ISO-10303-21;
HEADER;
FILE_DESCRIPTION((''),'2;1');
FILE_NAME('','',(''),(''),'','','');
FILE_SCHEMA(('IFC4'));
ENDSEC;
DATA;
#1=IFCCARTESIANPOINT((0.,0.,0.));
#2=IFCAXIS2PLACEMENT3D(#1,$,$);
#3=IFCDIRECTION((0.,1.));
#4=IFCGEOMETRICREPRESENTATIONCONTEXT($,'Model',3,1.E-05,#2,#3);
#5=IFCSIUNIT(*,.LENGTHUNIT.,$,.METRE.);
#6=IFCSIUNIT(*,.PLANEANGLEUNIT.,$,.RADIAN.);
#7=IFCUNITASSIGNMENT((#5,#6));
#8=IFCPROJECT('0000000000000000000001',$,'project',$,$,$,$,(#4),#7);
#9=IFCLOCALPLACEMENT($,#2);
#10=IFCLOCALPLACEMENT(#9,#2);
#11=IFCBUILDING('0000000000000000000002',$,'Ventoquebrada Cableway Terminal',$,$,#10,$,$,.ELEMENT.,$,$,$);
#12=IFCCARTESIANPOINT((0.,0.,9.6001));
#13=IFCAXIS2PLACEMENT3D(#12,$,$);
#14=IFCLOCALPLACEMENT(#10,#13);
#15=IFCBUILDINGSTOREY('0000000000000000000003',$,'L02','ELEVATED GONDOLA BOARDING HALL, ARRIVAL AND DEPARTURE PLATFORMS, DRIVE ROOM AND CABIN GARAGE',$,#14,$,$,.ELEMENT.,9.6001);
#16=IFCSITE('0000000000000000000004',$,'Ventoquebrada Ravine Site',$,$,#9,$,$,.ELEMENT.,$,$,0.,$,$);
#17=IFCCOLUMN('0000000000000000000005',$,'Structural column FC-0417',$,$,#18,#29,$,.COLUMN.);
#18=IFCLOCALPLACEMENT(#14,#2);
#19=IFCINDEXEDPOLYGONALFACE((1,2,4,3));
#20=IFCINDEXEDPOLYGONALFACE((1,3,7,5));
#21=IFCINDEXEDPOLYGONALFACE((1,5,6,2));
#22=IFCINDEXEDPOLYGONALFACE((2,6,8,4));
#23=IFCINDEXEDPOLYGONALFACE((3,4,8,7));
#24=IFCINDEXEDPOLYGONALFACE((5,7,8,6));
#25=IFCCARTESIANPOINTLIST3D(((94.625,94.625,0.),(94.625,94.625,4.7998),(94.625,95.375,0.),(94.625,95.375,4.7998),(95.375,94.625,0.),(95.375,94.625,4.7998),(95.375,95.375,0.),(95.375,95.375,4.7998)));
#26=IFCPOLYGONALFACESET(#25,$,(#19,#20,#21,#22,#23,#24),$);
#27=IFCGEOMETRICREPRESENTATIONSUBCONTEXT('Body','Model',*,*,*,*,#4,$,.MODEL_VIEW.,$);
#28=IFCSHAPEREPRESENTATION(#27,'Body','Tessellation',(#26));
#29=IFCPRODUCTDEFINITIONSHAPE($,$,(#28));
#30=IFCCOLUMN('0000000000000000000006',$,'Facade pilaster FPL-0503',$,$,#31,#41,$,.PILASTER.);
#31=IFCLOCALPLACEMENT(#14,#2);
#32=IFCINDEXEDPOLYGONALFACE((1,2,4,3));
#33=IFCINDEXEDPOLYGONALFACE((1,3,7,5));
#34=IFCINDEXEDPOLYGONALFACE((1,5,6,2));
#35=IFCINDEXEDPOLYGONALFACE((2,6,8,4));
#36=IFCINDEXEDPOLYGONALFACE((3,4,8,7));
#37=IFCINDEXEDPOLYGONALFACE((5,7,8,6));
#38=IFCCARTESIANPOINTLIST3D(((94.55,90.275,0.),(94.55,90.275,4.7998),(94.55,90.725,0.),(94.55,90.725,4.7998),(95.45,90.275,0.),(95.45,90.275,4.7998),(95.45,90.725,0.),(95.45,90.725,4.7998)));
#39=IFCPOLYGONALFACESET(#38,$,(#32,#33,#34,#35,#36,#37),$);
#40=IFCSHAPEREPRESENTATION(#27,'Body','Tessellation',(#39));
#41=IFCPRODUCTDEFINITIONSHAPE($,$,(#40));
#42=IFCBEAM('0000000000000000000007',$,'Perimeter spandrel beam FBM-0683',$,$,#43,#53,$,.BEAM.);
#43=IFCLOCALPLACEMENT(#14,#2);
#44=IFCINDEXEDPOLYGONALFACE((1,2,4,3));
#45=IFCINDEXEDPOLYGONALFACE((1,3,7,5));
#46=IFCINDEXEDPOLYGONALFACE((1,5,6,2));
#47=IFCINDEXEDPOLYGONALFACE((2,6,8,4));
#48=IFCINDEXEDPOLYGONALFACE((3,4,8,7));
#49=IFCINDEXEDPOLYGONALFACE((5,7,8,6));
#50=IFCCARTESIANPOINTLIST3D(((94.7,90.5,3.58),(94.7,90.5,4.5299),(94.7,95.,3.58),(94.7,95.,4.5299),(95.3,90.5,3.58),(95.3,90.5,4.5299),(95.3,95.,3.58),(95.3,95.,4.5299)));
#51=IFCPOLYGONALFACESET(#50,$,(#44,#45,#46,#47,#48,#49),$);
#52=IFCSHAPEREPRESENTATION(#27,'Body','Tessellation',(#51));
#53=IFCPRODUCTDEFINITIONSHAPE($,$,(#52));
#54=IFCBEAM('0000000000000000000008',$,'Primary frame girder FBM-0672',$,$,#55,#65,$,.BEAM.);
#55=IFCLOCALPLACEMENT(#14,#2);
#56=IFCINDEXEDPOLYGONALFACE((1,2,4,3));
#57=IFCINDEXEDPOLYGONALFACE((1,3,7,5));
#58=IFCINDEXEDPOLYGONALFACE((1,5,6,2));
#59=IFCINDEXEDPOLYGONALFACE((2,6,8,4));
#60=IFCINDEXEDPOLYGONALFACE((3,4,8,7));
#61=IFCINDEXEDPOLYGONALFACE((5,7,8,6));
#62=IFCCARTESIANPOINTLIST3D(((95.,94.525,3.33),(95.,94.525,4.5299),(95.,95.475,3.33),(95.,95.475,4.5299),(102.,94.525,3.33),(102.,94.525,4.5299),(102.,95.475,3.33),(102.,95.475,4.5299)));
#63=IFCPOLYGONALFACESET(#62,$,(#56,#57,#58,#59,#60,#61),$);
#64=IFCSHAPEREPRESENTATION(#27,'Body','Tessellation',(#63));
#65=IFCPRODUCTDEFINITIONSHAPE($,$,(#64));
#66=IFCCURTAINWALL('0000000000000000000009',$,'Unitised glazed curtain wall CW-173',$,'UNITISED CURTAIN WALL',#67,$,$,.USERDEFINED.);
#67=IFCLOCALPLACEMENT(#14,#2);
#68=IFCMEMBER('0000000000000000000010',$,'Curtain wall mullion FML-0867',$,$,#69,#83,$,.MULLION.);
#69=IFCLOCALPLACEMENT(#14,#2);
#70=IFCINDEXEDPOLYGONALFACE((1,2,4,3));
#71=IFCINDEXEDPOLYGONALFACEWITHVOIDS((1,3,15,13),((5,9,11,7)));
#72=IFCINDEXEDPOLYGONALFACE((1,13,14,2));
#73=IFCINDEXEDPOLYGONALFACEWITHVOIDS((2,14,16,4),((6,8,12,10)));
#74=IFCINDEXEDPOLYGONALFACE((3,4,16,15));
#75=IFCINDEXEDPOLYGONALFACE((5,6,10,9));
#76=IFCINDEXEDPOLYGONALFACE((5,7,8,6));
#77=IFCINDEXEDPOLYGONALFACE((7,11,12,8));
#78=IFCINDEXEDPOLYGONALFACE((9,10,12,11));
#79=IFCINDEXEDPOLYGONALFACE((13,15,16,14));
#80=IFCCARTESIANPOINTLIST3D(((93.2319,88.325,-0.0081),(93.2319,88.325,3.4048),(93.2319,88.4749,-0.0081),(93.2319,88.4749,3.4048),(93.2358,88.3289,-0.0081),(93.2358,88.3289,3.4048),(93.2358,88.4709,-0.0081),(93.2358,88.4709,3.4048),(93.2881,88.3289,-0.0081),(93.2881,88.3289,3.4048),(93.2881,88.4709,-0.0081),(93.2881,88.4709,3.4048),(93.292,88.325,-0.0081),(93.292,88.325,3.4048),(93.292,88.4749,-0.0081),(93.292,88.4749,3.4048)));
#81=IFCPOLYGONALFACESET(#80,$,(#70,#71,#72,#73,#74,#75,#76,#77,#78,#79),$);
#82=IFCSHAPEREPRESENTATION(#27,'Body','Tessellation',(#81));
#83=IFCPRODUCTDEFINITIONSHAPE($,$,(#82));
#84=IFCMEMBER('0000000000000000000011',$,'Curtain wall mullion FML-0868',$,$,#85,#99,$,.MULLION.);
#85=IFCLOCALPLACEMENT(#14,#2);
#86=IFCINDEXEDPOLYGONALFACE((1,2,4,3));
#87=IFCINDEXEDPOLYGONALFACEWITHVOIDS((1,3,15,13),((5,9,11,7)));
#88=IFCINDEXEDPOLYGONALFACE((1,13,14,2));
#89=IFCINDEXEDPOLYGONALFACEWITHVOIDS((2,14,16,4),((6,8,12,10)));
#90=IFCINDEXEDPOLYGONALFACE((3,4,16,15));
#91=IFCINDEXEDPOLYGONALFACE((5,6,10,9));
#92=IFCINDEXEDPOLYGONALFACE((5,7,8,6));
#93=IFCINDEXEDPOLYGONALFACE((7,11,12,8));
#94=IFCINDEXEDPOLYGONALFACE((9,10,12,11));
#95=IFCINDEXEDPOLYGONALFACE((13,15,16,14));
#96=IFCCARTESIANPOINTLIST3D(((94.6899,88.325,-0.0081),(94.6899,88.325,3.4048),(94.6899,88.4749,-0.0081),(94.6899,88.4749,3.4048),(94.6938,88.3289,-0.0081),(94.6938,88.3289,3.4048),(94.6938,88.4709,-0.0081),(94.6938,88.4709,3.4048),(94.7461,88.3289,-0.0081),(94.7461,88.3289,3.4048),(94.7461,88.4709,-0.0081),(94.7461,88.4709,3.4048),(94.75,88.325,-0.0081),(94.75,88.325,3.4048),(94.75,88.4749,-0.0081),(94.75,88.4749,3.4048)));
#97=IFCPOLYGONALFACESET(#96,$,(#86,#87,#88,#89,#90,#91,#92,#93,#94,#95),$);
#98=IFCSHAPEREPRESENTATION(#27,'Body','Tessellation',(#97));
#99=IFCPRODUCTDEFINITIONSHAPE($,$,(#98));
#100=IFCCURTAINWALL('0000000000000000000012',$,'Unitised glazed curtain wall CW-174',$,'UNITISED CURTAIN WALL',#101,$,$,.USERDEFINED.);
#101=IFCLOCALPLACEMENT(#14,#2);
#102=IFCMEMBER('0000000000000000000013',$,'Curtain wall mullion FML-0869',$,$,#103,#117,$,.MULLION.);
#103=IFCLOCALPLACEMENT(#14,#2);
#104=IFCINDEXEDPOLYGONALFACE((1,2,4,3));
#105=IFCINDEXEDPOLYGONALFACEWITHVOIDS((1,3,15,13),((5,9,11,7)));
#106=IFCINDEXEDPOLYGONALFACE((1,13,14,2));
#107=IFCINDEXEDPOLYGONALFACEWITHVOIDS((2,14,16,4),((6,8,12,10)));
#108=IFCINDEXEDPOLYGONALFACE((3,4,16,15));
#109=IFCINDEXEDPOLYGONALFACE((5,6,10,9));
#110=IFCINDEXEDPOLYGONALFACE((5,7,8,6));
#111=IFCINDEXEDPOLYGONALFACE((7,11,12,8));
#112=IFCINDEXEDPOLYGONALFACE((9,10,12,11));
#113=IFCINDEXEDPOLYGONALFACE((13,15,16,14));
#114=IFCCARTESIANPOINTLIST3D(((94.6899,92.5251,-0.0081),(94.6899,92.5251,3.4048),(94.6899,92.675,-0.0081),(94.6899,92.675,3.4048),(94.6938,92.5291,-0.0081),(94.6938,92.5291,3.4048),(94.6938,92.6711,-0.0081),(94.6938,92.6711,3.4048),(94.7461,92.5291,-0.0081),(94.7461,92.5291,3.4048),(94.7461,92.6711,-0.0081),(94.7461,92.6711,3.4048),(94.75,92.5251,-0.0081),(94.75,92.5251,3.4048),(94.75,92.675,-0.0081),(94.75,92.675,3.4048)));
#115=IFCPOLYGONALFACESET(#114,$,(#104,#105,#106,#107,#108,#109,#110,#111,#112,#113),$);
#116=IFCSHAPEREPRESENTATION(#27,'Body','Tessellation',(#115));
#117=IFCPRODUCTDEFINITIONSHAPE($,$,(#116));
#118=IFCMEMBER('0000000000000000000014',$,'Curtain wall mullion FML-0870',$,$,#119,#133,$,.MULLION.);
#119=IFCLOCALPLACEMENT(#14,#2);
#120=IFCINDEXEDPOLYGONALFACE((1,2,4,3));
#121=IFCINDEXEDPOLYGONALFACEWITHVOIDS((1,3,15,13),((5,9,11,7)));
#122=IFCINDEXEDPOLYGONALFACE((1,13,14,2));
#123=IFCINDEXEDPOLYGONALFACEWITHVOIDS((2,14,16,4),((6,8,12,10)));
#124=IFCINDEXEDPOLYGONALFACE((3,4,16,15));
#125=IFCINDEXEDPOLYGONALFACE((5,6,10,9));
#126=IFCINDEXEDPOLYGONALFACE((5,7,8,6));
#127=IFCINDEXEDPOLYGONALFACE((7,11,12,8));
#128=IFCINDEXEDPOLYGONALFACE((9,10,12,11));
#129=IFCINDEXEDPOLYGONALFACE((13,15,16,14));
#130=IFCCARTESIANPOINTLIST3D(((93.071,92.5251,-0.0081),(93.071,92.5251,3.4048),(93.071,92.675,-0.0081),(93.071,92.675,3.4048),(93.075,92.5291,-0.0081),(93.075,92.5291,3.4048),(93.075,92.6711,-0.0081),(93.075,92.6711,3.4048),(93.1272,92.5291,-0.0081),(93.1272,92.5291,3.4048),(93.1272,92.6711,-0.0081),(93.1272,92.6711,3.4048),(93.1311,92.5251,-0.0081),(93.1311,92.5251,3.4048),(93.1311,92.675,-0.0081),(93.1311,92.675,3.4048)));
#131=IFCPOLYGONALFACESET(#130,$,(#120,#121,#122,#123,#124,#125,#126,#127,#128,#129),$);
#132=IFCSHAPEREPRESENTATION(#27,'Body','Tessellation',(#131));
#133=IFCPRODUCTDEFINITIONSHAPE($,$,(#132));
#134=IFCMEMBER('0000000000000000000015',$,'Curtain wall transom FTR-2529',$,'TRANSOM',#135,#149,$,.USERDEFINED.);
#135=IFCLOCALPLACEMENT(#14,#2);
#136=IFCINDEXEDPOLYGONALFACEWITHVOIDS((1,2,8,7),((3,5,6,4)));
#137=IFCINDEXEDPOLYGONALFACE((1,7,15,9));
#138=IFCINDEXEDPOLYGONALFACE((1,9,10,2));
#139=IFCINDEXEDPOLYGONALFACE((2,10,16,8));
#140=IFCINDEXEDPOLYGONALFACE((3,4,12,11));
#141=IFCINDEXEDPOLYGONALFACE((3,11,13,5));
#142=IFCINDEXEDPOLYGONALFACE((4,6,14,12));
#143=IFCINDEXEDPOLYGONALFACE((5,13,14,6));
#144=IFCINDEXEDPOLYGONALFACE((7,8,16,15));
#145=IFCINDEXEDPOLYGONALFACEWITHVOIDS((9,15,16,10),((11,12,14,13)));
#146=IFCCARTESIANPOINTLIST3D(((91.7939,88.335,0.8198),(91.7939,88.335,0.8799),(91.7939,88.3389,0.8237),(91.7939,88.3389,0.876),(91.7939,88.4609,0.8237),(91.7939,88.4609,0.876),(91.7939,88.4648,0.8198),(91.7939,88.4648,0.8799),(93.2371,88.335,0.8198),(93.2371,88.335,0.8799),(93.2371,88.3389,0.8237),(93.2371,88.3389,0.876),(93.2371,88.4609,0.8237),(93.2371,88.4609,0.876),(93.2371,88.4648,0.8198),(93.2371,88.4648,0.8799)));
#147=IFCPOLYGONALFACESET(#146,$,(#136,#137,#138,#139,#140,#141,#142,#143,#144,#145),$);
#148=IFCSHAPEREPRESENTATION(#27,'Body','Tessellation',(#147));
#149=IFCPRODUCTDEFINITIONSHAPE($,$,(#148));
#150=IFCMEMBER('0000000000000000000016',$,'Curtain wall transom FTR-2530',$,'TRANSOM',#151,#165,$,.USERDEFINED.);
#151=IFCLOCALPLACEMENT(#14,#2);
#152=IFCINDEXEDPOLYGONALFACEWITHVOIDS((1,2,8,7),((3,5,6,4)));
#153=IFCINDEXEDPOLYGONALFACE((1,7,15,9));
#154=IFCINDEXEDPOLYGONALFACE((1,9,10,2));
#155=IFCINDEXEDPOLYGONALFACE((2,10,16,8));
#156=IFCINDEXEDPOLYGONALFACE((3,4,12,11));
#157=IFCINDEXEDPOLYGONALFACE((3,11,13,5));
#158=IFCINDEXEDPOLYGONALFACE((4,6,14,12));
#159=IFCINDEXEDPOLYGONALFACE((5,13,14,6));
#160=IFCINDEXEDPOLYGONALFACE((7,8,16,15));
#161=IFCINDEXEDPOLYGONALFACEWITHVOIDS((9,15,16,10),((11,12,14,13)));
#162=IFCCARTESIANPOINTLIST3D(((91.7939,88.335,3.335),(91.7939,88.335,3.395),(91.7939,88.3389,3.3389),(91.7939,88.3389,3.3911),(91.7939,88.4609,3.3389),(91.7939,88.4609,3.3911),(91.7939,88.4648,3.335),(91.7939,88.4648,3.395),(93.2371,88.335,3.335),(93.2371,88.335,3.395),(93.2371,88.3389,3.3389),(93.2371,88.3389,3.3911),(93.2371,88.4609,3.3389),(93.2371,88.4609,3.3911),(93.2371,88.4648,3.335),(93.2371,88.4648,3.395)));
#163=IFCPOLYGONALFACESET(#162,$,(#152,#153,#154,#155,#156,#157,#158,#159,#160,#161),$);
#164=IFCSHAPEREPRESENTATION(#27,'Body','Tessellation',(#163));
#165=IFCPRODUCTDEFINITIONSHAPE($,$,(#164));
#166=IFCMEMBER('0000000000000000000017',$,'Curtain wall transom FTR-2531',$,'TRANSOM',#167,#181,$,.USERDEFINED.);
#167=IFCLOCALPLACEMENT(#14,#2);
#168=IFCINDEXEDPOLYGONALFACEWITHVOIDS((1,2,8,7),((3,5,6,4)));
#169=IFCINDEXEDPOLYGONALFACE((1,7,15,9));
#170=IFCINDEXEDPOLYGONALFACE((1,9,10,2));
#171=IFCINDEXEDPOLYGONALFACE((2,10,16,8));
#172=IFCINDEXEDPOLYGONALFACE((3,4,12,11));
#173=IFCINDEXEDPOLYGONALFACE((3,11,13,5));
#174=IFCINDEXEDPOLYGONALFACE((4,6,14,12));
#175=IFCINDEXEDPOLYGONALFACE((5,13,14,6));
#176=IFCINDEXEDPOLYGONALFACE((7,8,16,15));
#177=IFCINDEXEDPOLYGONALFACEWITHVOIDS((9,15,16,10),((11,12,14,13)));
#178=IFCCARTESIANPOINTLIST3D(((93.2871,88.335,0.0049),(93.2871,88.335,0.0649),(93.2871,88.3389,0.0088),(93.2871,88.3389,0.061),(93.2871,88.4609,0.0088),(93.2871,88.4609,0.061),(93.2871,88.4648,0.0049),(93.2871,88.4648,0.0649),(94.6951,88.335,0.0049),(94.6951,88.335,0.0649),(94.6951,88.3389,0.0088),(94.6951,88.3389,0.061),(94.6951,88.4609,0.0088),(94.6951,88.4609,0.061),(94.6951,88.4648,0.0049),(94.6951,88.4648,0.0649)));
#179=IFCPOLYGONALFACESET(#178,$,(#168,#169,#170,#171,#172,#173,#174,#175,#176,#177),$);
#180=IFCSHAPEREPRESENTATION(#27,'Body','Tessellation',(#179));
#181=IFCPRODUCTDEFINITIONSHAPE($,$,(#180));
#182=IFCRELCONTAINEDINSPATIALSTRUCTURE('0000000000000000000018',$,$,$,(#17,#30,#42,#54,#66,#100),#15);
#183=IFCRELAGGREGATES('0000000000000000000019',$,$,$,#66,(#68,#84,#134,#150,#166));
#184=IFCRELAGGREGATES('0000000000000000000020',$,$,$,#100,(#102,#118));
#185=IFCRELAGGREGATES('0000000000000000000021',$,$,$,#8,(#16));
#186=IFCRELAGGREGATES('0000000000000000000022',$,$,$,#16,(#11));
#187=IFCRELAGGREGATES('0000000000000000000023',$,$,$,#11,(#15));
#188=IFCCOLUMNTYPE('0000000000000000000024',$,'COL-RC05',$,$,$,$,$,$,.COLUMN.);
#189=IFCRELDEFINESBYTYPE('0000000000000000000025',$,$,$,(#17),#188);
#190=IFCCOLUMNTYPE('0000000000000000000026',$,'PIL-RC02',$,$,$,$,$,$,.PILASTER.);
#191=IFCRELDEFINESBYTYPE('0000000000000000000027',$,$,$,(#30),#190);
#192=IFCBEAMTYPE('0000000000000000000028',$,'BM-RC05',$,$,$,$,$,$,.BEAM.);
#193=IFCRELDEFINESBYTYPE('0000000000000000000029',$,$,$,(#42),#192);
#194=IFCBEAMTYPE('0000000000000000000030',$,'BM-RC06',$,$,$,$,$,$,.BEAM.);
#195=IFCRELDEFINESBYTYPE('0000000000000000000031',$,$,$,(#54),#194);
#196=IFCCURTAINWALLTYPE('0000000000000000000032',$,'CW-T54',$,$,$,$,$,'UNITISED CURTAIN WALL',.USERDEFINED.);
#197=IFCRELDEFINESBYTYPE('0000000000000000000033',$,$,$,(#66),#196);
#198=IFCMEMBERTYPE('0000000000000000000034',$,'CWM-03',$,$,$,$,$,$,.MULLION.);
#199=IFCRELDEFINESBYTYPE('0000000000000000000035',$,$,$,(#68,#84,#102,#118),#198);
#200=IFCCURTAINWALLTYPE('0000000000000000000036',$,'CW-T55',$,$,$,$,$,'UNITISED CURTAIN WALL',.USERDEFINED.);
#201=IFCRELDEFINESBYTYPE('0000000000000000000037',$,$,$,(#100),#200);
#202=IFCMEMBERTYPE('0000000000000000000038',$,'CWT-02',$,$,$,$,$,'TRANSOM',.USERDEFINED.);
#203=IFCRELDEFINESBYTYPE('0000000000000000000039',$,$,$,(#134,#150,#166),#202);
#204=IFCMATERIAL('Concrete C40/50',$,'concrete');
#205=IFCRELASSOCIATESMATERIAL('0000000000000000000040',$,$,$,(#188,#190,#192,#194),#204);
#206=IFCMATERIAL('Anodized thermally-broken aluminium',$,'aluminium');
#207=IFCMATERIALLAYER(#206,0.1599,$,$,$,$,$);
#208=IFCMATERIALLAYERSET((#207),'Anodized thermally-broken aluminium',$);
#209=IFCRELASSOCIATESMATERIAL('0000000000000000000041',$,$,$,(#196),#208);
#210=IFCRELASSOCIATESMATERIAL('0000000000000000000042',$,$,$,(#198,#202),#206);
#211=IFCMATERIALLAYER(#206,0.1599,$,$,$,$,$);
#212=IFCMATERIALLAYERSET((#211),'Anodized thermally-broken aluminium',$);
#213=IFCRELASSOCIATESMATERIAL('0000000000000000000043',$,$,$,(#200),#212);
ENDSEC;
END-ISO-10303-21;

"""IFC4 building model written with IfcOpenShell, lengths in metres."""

from ifc_helpers import new_model, si_unit, direction, frame, origin, origin_2d, place, context, subcontext, project, spatial, rectangle, hollow_rectangle, extrude, material, layer, layer_set, material_profile, profile_set, type_object, element, aggregate, save


model = new_model("IFC4")

# Units and contexts
model_context = context("Model", 3, precision=1e-05, world=origin(), true_north=direction((0.0, 1.0)))
body_context = subcontext(model_context, "Body", "Model", "MODEL_VIEW")
ifc_project = project(units=[si_unit("LENGTHUNIT", "METRE"), si_unit("PLANEANGLEUNIT", "RADIAN")], contexts=[model_context])

# Site, building, storey
site_placement = place(None, origin())
site = spatial("IfcSite", under=ifc_project, at=site_placement, Name="Ventoquebrada Ravine Site", CompositionType="ELEMENT", RefElevation=0.0)
building_placement = place(site_placement, origin())
building = spatial("IfcBuilding", under=site, at=building_placement, Name="Ventoquebrada Cableway Terminal", CompositionType="ELEMENT")
storey_placement = place(building_placement, frame((0.0, 0.0, 9.6001)))
storey = spatial("IfcBuildingStorey", under=building, at=storey_placement, Name="L02", Description="ELEVATED GONDOLA BOARDING HALL, ARRIVAL AND DEPARTURE PLATFORMS, DRIVE ROOM AND CABIN GARAGE", CompositionType="ELEMENT", Elevation=9.6001)

# Columns
ifc_material_1 = material(Name="Concrete C40/50", Category="concrete")
ifc_material_profile_1 = material_profile(ifc_material_1, rectangle(XDim=0.75, YDim=0.75, at=origin_2d()), Name="RC-COL-750X750")
ifc_profile_set_1 = profile_set([ifc_material_profile_1], Name="Concrete C40/50")
column_type_1 = type_object("IfcColumnType", Name="COL-RC05", PredefinedType="COLUMN", material=ifc_profile_set_1)
column_1_placement = place(storey_placement, frame((95.0, 95.0, 0.0), z_axis=(0.0, 0.0, 1.0), x_axis=(1.0, 0.0, 0.0)))
element("IfcColumn", 1, at=column_1_placement, inside=storey, type_object=column_type_1, Name="Structural column FC-0417", PredefinedType="COLUMN", context=body_context, shape_type="SweptSolid", body=[
    extrude(rectangle(XDim=0.75, YDim=0.75, at=origin_2d()), origin(), (0.0, 0.0, 1.0), 4.7998),
])
ifc_material_profile_2 = material_profile(ifc_material_1, rectangle(XDim=0.45, YDim=0.8999, at=origin_2d()), Name="RC-PIL-450X900")
ifc_profile_set_2 = profile_set([ifc_material_profile_2], Name="Concrete C40/50")
column_type_2 = type_object("IfcColumnType", Name="PIL-RC02", PredefinedType="PILASTER", material=ifc_profile_set_2)
column_2_placement = place(storey_placement, frame((95.0, 90.5, 0.0), z_axis=(0.0, 0.0, 1.0), x_axis=(0.0, 1.0, 0.0)))
element("IfcColumn", 2, at=column_2_placement, inside=storey, type_object=column_type_2, Name="Facade pilaster FPL-0503", PredefinedType="PILASTER", context=body_context, shape_type="SweptSolid", body=[
    extrude(rectangle(XDim=0.45, YDim=0.8999, at=origin_2d()), origin(), (0.0, 0.0, 1.0), 4.7998),
])

# Beams
ifc_material_profile_3 = material_profile(ifc_material_1, rectangle(XDim=0.6001, YDim=0.95, at=origin_2d()), Name="RC-BM-600X950")
ifc_profile_set_3 = profile_set([ifc_material_profile_3], Name="Concrete C40/50")
beam_type_1 = type_object("IfcBeamType", Name="BM-RC05", PredefinedType="BEAM", material=ifc_profile_set_3)
beam_1_placement = place(storey_placement, frame((95.0, 90.5, 4.0549), z_axis=(0.0, 1.0, 0.0), x_axis=(-1.0, 0.0, 0.0)))
element("IfcBeam", 3, at=beam_1_placement, inside=storey, type_object=beam_type_1, Name="Perimeter spandrel beam FBM-0683", PredefinedType="BEAM", context=body_context, shape_type="SweptSolid", body=[
    extrude(rectangle(XDim=0.6001, YDim=0.95, at=origin_2d()), origin(), (0.0, 0.0, 1.0), 4.5),
])
ifc_material_profile_4 = material_profile(ifc_material_1, rectangle(XDim=0.95, YDim=1.2, at=origin_2d()), Name="RC-BM-950X1200")
ifc_profile_set_4 = profile_set([ifc_material_profile_4], Name="Concrete C40/50")
beam_type_2 = type_object("IfcBeamType", Name="BM-RC06", PredefinedType="BEAM", material=ifc_profile_set_4)
beam_2_placement = place(storey_placement, frame((95.0, 95.0, 3.9299), z_axis=(1.0, 0.0, 0.0), x_axis=(0.0, 1.0, 0.0)))
element("IfcBeam", 4, at=beam_2_placement, inside=storey, type_object=beam_type_2, Name="Primary frame girder FBM-0672", PredefinedType="BEAM", context=body_context, shape_type="SweptSolid", body=[
    extrude(rectangle(XDim=0.95, YDim=1.2, at=origin_2d()), origin(), (0.0, 0.0, 1.0), 7.0),
])

# Curtain walls, members
ifc_material_2 = material(Name="Anodized thermally-broken aluminium", Category="aluminium")
ifc_layer_1 = layer(ifc_material_2, 0.1599)
ifc_layer_set_1 = layer_set([ifc_layer_1], Name="Anodized thermally-broken aluminium")
curtain_wall_type_1 = type_object("IfcCurtainWallType", Name="CW-T54", ElementType="UNITISED CURTAIN WALL", PredefinedType="USERDEFINED", material=ifc_layer_set_1)
curtain_wall_1_placement = place(storey_placement, origin())
curtain_wall_1 = element("IfcCurtainWall", 5, at=curtain_wall_1_placement, inside=storey, type_object=curtain_wall_type_1, Name="Unitised glazed curtain wall CW-173", ObjectType="UNITISED CURTAIN WALL", PredefinedType="USERDEFINED")
ifc_material_profile_5 = material_profile(ifc_material_2, hollow_rectangle(XDim=0.0601, YDim=0.1499, WallThickness=0.0039, at=origin_2d()), Name="CW-MUL-60X150")
ifc_profile_set_5 = profile_set([ifc_material_profile_5], Name="Anodized thermally-broken aluminium")
member_type_1 = type_object("IfcMemberType", Name="CWM-03", PredefinedType="MULLION", material=ifc_profile_set_5)
member_1_placement = place(storey_placement, frame((93.262, 88.3999, -0.0081), z_axis=(0.0, 0.0, 1.0), x_axis=(1.0, 0.0, 0.0)))
member_1 = element("IfcMember", 6, at=member_1_placement, type_object=member_type_1, Name="Curtain wall mullion FML-0867", PredefinedType="MULLION", context=body_context, shape_type="SweptSolid", body=[
    extrude(hollow_rectangle(XDim=0.0601, YDim=0.1499, WallThickness=0.0039, at=origin_2d()), origin(), (0.0, 0.0, 1.0), 3.4128),
])
member_2_placement = place(storey_placement, frame((94.72, 88.3999, -0.0081), z_axis=(0.0, 0.0, 1.0), x_axis=(1.0, 0.0, 0.0)))
member_2 = element("IfcMember", 7, at=member_2_placement, type_object=member_type_1, Name="Curtain wall mullion FML-0868", PredefinedType="MULLION", context=body_context, shape_type="SweptSolid", body=[
    extrude(hollow_rectangle(XDim=0.0601, YDim=0.1499, WallThickness=0.0039, at=origin_2d()), origin(), (0.0, 0.0, 1.0), 3.4128),
])
ifc_layer_2 = layer(ifc_material_2, 0.1599)
ifc_layer_set_2 = layer_set([ifc_layer_2], Name="Anodized thermally-broken aluminium")
curtain_wall_type_2 = type_object("IfcCurtainWallType", Name="CW-T55", ElementType="UNITISED CURTAIN WALL", PredefinedType="USERDEFINED", material=ifc_layer_set_2)
curtain_wall_2_placement = place(storey_placement, origin())
curtain_wall_2 = element("IfcCurtainWall", 8, at=curtain_wall_2_placement, inside=storey, type_object=curtain_wall_type_2, Name="Unitised glazed curtain wall CW-174", ObjectType="UNITISED CURTAIN WALL", PredefinedType="USERDEFINED")
member_3_placement = place(storey_placement, frame((94.72, 92.6001, -0.0081), z_axis=(0.0, 0.0, 1.0), x_axis=(-1.0, 0.0, 0.0)))
member_3 = element("IfcMember", 9, at=member_3_placement, type_object=member_type_1, Name="Curtain wall mullion FML-0869", PredefinedType="MULLION", context=body_context, shape_type="SweptSolid", body=[
    extrude(hollow_rectangle(XDim=0.0601, YDim=0.1499, WallThickness=0.0039, at=origin_2d()), origin(), (0.0, 0.0, 1.0), 3.4128),
])
member_4_placement = place(storey_placement, frame((93.1011, 92.6001, -0.0081), z_axis=(0.0, 0.0, 1.0), x_axis=(-1.0, 0.0, 0.0)))
member_4 = element("IfcMember", 10, at=member_4_placement, type_object=member_type_1, Name="Curtain wall mullion FML-0870", PredefinedType="MULLION", context=body_context, shape_type="SweptSolid", body=[
    extrude(hollow_rectangle(XDim=0.0601, YDim=0.1499, WallThickness=0.0039, at=origin_2d()), origin(), (0.0, 0.0, 1.0), 3.4128),
])

# Members
ifc_material_profile_6 = material_profile(ifc_material_2, hollow_rectangle(XDim=0.0601, YDim=0.1299, WallThickness=0.0039, at=origin_2d()), Name="CW-TRN-60X130")
ifc_profile_set_6 = profile_set([ifc_material_profile_6], Name="Anodized thermally-broken aluminium")
member_type_2 = type_object("IfcMemberType", Name="CWT-02", ElementType="TRANSOM", PredefinedType="USERDEFINED", material=ifc_profile_set_6)
member_5_placement = place(storey_placement, frame((91.7939, 88.3999, 0.8499), z_axis=(1.0, 0.0, 0.0), x_axis=(0.0, 0.0, 1.0)))
member_5 = element("IfcMember", 11, at=member_5_placement, type_object=member_type_2, Name="Curtain wall transom FTR-2529", ObjectType="TRANSOM", PredefinedType="USERDEFINED", context=body_context, shape_type="SweptSolid", body=[
    extrude(hollow_rectangle(XDim=0.0601, YDim=0.1299, WallThickness=0.0039, at=origin_2d()), origin(), (0.0, 0.0, 1.0), 1.4431),
])
member_6_placement = place(storey_placement, frame((91.7939, 88.3999, 3.365), z_axis=(1.0, 0.0, 0.0), x_axis=(0.0, 0.0, 1.0)))
member_6 = element("IfcMember", 12, at=member_6_placement, type_object=member_type_2, Name="Curtain wall transom FTR-2530", ObjectType="TRANSOM", PredefinedType="USERDEFINED", context=body_context, shape_type="SweptSolid", body=[
    extrude(hollow_rectangle(XDim=0.0601, YDim=0.1299, WallThickness=0.0039, at=origin_2d()), origin(), (0.0, 0.0, 1.0), 1.4431),
])
member_7_placement = place(storey_placement, frame((93.2871, 88.3999, 0.0349), z_axis=(1.0, 0.0, 0.0), x_axis=(0.0, 0.0, 1.0)))
member_7 = element("IfcMember", 13, at=member_7_placement, type_object=member_type_2, Name="Curtain wall transom FTR-2531", ObjectType="TRANSOM", PredefinedType="USERDEFINED", context=body_context, shape_type="SweptSolid", body=[
    extrude(hollow_rectangle(XDim=0.0601, YDim=0.1299, WallThickness=0.0039, at=origin_2d()), origin(), (0.0, 0.0, 1.0), 1.408),
])

aggregate(curtain_wall_1, [member_1, member_2, member_5, member_6, member_7])
aggregate(curtain_wall_2, [member_3, member_4])

save(model, "model.ifc")
